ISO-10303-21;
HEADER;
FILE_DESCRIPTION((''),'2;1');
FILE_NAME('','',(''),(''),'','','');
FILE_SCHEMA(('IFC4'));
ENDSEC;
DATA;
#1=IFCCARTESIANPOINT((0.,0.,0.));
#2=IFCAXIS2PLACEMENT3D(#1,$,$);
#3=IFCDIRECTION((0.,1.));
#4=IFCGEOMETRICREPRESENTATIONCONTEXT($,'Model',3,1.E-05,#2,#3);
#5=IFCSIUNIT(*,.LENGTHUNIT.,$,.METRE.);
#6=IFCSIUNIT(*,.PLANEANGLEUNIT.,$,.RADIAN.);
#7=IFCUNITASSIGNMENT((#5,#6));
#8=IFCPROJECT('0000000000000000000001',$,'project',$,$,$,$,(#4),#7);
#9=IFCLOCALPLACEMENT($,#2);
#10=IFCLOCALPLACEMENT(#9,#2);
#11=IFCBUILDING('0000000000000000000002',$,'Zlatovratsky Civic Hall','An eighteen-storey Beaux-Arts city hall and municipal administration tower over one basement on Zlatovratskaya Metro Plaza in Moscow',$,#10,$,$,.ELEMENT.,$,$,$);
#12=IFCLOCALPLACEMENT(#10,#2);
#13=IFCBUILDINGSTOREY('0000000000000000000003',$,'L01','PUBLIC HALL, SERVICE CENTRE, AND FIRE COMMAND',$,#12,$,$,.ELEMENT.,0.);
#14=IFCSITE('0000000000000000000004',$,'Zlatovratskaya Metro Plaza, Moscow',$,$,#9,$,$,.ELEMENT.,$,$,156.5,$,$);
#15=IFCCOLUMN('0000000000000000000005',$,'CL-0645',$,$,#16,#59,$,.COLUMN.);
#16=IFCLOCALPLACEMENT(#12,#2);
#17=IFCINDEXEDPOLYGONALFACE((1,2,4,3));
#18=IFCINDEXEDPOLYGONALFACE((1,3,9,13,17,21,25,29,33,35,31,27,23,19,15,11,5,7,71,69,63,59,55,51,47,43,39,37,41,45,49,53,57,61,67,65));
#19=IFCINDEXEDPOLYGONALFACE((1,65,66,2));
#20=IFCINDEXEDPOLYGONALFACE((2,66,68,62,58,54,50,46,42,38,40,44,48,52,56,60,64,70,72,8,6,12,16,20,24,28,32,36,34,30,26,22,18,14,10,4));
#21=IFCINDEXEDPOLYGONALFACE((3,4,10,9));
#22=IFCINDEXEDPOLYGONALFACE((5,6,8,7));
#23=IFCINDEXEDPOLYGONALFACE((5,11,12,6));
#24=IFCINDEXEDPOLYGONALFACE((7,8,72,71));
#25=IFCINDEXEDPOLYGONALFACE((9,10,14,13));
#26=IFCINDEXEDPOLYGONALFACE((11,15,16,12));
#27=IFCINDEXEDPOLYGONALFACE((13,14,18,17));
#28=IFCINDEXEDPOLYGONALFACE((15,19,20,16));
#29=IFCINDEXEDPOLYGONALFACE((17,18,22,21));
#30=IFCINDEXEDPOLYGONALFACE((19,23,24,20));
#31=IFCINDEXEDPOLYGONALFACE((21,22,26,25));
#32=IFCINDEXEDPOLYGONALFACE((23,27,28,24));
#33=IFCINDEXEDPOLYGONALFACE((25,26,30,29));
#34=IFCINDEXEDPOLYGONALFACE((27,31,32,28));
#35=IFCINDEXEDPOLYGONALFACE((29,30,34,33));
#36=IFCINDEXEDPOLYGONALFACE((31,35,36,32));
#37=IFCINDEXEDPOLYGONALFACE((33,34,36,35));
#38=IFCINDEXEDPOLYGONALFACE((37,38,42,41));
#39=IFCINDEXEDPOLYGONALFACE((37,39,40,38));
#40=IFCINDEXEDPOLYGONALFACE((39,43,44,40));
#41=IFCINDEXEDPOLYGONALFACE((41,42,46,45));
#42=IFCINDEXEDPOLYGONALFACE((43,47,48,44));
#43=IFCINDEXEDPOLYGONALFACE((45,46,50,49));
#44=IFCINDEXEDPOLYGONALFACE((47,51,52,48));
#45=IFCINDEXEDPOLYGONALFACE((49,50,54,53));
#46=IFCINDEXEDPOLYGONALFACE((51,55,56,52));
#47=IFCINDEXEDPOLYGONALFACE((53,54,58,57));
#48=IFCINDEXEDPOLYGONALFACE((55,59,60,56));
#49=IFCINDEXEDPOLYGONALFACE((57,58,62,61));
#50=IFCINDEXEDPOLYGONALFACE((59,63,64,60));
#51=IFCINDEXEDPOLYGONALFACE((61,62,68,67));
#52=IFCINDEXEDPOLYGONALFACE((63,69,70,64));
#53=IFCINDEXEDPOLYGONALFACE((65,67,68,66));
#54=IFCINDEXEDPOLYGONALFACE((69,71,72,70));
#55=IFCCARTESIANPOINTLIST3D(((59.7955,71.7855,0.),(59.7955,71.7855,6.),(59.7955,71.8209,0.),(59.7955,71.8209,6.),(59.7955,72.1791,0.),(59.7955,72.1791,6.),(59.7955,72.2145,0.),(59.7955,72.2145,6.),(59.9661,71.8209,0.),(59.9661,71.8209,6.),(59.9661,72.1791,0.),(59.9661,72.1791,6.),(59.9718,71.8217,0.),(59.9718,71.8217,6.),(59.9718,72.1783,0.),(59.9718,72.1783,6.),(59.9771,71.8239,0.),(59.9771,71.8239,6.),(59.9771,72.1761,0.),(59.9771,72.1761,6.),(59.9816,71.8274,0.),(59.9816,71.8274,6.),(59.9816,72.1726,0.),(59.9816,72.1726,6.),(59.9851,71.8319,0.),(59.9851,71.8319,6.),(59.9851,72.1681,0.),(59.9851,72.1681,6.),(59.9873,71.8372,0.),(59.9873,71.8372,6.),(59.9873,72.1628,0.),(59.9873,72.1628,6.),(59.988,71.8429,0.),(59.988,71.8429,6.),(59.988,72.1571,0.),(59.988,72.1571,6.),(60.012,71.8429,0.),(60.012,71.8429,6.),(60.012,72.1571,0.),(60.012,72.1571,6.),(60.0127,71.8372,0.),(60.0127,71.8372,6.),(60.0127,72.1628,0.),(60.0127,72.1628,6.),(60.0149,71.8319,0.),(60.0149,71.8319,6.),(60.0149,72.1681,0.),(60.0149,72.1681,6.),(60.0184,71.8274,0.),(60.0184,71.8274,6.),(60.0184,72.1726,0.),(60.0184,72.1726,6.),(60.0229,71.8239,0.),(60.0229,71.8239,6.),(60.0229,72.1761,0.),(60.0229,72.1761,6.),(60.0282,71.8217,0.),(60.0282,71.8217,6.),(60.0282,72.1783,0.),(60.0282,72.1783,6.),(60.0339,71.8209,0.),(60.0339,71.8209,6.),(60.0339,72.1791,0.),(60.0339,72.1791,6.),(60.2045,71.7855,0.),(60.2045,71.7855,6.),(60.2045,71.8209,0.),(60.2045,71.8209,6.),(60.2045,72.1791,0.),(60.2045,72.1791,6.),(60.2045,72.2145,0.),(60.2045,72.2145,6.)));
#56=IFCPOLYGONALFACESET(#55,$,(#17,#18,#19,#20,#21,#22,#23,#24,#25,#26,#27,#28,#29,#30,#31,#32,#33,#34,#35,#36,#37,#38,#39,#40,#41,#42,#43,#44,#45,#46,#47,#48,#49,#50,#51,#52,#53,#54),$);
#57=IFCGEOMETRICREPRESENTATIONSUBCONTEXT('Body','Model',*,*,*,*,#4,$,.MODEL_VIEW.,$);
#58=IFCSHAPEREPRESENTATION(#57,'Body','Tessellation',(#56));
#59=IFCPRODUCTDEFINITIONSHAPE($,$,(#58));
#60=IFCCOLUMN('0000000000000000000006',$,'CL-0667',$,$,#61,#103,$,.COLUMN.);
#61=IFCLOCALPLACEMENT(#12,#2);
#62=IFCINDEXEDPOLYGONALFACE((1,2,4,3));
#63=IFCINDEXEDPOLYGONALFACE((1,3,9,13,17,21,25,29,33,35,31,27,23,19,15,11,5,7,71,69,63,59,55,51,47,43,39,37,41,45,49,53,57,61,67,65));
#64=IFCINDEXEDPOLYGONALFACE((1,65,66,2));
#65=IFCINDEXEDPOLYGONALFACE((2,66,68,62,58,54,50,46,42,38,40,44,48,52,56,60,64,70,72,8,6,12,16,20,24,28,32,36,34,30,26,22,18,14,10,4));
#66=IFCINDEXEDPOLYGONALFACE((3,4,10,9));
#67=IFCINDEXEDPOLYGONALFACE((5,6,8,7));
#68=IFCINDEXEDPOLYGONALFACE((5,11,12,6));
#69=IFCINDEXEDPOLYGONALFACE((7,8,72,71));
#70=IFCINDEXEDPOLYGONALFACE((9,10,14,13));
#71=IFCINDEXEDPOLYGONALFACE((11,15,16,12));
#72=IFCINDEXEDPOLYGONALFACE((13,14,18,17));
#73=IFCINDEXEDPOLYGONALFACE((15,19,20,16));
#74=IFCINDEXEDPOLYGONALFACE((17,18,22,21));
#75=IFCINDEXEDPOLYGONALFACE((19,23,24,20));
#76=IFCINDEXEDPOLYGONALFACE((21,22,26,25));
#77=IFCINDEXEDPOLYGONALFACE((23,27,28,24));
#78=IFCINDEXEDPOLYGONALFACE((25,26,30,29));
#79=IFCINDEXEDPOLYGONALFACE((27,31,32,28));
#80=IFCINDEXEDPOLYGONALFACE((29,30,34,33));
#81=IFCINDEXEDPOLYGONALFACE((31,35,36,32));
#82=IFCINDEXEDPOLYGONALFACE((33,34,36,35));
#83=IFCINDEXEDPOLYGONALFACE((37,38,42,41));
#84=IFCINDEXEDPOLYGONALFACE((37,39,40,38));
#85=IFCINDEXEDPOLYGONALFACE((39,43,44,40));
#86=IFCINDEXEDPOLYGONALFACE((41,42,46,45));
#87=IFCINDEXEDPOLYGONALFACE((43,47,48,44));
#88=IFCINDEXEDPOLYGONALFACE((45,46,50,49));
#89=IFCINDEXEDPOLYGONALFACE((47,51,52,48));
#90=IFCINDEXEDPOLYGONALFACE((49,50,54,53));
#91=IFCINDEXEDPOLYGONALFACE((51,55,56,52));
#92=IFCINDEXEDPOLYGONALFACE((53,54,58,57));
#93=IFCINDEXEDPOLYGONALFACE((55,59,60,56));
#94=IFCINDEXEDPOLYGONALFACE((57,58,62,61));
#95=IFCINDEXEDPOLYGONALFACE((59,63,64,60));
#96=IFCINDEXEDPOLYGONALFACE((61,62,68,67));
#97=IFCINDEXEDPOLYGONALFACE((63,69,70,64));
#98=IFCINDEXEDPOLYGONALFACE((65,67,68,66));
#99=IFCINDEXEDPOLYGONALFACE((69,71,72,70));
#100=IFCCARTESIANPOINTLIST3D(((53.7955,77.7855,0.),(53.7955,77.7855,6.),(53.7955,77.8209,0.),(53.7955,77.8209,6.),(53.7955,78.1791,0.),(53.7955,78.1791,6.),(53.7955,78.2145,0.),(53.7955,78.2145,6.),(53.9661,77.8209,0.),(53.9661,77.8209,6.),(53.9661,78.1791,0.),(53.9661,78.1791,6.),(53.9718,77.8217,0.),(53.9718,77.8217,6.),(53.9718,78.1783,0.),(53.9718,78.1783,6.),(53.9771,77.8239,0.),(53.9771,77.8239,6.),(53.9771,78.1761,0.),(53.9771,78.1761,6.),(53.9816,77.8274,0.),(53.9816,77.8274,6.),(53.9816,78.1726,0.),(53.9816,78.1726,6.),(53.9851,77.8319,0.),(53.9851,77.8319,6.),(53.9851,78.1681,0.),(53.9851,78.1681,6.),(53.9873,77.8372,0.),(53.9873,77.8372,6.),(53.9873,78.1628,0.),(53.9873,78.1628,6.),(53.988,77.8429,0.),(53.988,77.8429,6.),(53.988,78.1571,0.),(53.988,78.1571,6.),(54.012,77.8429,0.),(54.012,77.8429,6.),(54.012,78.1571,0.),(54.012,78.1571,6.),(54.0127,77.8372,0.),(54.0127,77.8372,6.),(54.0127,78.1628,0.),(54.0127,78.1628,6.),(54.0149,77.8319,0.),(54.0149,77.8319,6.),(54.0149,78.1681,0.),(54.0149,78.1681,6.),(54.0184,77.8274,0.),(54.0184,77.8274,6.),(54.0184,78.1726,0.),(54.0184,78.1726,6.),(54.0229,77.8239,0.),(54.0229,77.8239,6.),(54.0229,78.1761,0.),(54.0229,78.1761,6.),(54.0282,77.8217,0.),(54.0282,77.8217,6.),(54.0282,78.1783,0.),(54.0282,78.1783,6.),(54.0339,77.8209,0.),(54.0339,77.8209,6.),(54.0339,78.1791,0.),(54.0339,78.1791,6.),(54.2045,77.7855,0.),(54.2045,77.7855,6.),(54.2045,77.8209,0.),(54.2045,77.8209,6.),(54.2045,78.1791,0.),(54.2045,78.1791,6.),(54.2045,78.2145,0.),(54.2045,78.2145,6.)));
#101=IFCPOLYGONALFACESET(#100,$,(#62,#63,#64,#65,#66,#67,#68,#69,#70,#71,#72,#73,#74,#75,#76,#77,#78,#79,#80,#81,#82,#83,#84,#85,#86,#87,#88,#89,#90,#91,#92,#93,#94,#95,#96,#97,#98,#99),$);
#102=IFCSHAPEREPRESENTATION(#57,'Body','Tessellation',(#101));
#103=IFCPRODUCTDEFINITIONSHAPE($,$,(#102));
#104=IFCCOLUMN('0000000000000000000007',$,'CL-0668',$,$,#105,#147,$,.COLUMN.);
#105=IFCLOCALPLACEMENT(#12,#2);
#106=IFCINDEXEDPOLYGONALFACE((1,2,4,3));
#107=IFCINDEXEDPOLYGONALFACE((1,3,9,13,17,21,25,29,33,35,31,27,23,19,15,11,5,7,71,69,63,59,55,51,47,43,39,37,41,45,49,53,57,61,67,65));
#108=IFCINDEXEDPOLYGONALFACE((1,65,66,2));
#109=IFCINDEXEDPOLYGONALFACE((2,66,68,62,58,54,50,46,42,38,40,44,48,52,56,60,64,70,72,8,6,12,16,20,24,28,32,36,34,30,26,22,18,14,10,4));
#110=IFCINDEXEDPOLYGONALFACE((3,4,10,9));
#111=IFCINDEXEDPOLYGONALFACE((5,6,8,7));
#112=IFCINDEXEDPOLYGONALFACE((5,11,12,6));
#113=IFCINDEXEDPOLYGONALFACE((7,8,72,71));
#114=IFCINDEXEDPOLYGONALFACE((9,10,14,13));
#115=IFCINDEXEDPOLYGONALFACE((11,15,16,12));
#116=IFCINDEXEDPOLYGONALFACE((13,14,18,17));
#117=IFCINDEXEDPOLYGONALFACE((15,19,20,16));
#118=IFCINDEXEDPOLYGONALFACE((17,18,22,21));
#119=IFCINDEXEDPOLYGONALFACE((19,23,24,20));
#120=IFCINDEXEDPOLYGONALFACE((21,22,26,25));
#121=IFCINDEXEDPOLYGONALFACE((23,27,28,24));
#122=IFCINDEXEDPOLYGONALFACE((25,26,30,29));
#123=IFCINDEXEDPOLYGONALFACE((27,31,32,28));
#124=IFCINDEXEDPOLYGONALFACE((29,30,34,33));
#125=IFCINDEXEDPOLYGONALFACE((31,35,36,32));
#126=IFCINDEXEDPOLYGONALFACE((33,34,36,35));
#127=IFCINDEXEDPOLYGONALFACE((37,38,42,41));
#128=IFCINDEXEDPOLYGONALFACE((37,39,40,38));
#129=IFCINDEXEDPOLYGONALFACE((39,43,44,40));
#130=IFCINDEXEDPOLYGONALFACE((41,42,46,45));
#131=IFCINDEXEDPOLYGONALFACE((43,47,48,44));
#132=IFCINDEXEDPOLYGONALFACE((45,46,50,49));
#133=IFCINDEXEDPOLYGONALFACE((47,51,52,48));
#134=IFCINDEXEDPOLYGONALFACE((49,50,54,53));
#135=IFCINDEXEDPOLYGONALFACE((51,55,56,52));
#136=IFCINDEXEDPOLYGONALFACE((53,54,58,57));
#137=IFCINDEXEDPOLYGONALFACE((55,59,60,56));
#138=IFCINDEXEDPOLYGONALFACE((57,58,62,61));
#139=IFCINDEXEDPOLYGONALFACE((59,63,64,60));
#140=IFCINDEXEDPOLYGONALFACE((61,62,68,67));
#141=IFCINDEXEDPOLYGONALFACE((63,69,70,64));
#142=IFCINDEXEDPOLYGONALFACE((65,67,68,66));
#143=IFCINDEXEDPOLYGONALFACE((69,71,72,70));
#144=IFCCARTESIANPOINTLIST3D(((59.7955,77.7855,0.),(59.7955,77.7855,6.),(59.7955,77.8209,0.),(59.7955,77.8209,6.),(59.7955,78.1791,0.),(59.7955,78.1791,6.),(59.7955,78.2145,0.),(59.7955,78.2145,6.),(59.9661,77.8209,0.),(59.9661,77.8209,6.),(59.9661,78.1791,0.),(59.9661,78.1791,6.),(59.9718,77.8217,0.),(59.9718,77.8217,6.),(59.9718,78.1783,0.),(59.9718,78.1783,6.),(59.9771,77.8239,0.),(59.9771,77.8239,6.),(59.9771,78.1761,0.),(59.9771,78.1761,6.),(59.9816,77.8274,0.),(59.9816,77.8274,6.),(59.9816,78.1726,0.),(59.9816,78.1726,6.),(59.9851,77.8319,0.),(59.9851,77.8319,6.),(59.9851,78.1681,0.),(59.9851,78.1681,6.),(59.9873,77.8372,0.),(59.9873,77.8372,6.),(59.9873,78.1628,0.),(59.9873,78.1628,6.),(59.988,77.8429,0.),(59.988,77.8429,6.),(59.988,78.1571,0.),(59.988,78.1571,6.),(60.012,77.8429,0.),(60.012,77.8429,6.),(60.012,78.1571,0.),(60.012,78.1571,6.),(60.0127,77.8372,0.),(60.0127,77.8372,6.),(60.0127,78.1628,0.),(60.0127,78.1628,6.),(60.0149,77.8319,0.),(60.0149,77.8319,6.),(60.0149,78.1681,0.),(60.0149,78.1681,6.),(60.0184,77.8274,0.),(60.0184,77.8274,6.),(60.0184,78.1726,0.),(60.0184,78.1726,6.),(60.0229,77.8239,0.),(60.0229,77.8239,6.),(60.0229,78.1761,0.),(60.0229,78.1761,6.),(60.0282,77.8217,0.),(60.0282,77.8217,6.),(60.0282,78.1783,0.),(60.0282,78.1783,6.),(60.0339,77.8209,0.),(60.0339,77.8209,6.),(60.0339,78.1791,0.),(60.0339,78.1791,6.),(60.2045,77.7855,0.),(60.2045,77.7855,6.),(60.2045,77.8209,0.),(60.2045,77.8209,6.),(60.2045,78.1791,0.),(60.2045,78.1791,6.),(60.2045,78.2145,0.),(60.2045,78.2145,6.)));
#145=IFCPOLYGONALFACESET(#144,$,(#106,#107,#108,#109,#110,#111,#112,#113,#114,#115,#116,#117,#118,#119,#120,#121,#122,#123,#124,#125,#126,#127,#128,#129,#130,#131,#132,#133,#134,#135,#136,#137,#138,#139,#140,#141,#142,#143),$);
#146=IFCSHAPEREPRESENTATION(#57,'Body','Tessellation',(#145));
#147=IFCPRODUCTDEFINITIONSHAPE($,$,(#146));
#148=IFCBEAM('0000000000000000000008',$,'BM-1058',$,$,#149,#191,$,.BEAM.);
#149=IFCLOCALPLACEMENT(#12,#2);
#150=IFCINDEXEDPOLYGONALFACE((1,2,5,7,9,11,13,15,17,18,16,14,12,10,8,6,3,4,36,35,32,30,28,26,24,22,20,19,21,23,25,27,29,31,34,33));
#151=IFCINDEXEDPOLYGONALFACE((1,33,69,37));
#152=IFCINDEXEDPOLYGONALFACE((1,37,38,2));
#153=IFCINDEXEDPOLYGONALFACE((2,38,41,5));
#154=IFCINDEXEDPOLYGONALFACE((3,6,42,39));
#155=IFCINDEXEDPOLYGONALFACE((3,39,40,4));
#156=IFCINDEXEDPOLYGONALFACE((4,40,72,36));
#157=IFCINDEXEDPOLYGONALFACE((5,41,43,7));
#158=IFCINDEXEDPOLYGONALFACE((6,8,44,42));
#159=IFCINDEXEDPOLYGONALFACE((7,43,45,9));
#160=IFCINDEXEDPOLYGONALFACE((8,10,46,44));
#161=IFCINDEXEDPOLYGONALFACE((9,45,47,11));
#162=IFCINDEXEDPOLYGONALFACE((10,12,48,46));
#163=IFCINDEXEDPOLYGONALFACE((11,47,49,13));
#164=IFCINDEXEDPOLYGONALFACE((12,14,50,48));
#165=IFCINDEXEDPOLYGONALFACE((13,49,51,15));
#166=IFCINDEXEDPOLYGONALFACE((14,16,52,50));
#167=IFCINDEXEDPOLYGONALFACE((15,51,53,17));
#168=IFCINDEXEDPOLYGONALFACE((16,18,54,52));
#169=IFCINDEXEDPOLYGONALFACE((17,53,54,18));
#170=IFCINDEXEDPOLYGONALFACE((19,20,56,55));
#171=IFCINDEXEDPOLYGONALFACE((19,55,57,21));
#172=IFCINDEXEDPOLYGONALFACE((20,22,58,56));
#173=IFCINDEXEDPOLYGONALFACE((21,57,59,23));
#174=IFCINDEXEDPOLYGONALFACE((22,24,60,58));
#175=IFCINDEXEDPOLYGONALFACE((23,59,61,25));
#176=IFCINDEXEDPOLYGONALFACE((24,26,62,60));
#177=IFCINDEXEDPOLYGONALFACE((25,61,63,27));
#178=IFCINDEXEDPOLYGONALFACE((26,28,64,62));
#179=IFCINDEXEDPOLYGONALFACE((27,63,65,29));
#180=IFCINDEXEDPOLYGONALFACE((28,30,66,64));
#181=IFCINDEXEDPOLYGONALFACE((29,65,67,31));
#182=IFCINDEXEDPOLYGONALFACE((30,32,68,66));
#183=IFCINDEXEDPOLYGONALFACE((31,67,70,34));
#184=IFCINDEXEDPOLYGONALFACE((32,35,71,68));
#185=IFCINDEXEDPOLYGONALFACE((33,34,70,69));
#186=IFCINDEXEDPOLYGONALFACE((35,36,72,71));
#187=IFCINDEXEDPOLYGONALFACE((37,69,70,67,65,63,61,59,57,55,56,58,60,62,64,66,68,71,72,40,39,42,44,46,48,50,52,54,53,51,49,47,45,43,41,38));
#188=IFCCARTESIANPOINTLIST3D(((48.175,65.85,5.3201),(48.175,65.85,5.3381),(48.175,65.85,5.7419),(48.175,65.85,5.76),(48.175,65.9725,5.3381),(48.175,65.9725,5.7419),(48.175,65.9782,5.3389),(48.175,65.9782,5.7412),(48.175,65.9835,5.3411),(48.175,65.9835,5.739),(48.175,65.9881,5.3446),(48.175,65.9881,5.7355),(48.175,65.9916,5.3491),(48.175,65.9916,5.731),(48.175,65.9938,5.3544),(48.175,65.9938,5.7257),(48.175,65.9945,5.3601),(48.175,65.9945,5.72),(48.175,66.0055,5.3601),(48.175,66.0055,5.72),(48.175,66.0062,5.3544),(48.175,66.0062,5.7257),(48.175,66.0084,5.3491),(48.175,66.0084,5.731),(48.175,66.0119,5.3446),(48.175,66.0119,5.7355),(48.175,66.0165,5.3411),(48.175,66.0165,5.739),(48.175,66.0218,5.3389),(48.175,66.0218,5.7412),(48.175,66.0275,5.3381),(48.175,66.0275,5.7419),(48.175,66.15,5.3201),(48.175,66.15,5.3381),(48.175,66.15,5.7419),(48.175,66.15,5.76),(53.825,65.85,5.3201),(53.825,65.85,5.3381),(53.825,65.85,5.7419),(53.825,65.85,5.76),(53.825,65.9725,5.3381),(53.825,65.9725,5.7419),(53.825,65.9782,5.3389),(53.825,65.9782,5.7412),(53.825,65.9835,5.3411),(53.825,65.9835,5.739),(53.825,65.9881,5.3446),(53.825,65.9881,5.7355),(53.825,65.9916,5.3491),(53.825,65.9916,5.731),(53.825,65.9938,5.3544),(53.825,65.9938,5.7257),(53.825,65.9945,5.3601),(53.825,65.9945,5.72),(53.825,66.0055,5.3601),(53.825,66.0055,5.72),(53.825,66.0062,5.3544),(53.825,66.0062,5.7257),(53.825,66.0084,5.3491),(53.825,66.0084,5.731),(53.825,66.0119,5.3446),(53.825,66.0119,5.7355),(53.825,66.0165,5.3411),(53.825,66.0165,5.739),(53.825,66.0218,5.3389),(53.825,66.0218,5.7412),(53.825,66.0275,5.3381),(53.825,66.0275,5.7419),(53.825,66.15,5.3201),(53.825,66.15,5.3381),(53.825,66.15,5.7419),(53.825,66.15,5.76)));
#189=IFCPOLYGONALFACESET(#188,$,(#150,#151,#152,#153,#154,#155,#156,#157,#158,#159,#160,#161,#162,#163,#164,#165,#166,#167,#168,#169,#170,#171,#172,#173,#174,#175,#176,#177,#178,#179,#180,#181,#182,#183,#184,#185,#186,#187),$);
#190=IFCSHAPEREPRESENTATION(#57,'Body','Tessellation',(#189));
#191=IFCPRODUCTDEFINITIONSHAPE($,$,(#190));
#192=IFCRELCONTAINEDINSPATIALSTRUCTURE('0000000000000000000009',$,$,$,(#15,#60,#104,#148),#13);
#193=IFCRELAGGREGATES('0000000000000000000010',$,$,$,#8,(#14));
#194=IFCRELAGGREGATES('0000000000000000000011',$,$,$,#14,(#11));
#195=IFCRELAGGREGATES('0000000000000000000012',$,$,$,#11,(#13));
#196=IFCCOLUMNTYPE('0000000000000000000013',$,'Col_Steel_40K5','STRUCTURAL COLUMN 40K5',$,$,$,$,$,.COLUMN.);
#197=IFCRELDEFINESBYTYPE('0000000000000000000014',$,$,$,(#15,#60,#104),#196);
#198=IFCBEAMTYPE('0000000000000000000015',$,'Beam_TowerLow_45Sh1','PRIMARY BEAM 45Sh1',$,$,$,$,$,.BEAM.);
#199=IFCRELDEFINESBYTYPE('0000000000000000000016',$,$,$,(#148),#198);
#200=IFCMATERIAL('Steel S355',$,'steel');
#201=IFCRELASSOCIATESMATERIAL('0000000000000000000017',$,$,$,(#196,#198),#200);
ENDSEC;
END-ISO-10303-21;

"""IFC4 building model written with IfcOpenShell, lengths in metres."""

from ifc_helpers import new_model, si_unit, direction, frame, origin, origin_2d, place, context, subcontext, project, spatial, i_section, extrude, material, material_profile, profile_set, type_object, element, save


model = new_model("IFC4")

# Units and contexts
model_context = context("Model", 3, precision=1e-05, world=origin(), true_north=direction((0.0, 1.0)))
body_context = subcontext(model_context, "Body", "Model", "MODEL_VIEW")
ifc_project = project(units=[si_unit("LENGTHUNIT", "METRE"), si_unit("PLANEANGLEUNIT", "RADIAN")], contexts=[model_context])

# Site, building, storey
site_placement = place(None, origin())
site = spatial("IfcSite", under=ifc_project, at=site_placement, Name="Zlatovratskaya Metro Plaza, Moscow", CompositionType="ELEMENT", RefElevation=156.5)
building_placement = place(site_placement, origin())
building = spatial("IfcBuilding", under=site, at=building_placement, Name="Zlatovratsky Civic Hall", Description="An eighteen-storey Beaux-Arts city hall and municipal administration tower over one basement on Zlatovratskaya Metro Plaza in Moscow", CompositionType="ELEMENT")
storey_placement = place(building_placement, origin())
storey = spatial("IfcBuildingStorey", under=building, at=storey_placement, Name="L01", Description="PUBLIC HALL, SERVICE CENTRE, AND FIRE COMMAND", CompositionType="ELEMENT", Elevation=0.0)

# Columns
ifc_material_1 = material(Name="Steel S355", Category="steel")
ifc_material_profile_1 = material_profile(ifc_material_1, i_section(OverallWidth=0.4089, OverallDepth=0.429, WebThickness=0.0239, FlangeThickness=0.0354, FilletRadius=0.022, at=origin_2d()), Name="40K5")
ifc_profile_set_1 = profile_set([ifc_material_profile_1], Name="Steel S355")
column_type_1 = type_object("IfcColumnType", Name="Col_Steel_40K5", Description="STRUCTURAL COLUMN 40K5", PredefinedType="COLUMN", material=ifc_profile_set_1)
for number, where, z_axis, x_axis, name in (
    (1, (60.0, 72.0, 0.0), (0.0, 0.0, 1.0), (1.0, 0.0, 0.0), "CL-0645"),
    (2, (54.0, 78.0, 0.0), (0.0, 0.0, 1.0), (1.0, 0.0, 0.0), "CL-0667"),
    (3, (60.0, 78.0, 0.0), (0.0, 0.0, 1.0), (1.0, 0.0, 0.0), "CL-0668"),
):
    element("IfcColumn", number, at=place(storey_placement, frame(where, z_axis=z_axis, x_axis=x_axis)), inside=storey, type_object=column_type_1, Name=name, PredefinedType="COLUMN", context=body_context, shape_type="SweptSolid", body=[
        extrude(i_section(OverallWidth=0.4089, OverallDepth=0.429, WebThickness=0.0239, FlangeThickness=0.0354, FilletRadius=0.022, at=origin_2d()), origin(), (0.0, 0.0, 1.0), 6.0),
    ])

# Beam
ifc_material_profile_2 = material_profile(ifc_material_1, i_section(OverallWidth=0.3, OverallDepth=0.4399, WebThickness=0.011, FlangeThickness=0.0181, FilletRadius=0.022, at=origin_2d()), Name="45Sh1")
ifc_profile_set_2 = profile_set([ifc_material_profile_2], Name="Steel S355")
beam_type = type_object("IfcBeamType", Name="Beam_TowerLow_45Sh1", Description="PRIMARY BEAM 45Sh1", PredefinedType="BEAM", material=ifc_profile_set_2)
for number, where, z_axis, x_axis, name in (
    (4, (48.175, 66.0, 5.54), (1.0, 0.0, 0.0), (0.0, 1.0, 0.0), "BM-1058"),
):
    element("IfcBeam", number, at=place(storey_placement, frame(where, z_axis=z_axis, x_axis=x_axis)), inside=storey, type_object=beam_type, Name=name, PredefinedType="BEAM", context=body_context, shape_type="SweptSolid", body=[
        extrude(i_section(OverallWidth=0.3, OverallDepth=0.4399, WebThickness=0.011, FlangeThickness=0.0181, FilletRadius=0.022, at=origin_2d()), origin(), (0.0, 0.0, 1.0), 5.6499),
    ])

save(model, "model.ifc")
